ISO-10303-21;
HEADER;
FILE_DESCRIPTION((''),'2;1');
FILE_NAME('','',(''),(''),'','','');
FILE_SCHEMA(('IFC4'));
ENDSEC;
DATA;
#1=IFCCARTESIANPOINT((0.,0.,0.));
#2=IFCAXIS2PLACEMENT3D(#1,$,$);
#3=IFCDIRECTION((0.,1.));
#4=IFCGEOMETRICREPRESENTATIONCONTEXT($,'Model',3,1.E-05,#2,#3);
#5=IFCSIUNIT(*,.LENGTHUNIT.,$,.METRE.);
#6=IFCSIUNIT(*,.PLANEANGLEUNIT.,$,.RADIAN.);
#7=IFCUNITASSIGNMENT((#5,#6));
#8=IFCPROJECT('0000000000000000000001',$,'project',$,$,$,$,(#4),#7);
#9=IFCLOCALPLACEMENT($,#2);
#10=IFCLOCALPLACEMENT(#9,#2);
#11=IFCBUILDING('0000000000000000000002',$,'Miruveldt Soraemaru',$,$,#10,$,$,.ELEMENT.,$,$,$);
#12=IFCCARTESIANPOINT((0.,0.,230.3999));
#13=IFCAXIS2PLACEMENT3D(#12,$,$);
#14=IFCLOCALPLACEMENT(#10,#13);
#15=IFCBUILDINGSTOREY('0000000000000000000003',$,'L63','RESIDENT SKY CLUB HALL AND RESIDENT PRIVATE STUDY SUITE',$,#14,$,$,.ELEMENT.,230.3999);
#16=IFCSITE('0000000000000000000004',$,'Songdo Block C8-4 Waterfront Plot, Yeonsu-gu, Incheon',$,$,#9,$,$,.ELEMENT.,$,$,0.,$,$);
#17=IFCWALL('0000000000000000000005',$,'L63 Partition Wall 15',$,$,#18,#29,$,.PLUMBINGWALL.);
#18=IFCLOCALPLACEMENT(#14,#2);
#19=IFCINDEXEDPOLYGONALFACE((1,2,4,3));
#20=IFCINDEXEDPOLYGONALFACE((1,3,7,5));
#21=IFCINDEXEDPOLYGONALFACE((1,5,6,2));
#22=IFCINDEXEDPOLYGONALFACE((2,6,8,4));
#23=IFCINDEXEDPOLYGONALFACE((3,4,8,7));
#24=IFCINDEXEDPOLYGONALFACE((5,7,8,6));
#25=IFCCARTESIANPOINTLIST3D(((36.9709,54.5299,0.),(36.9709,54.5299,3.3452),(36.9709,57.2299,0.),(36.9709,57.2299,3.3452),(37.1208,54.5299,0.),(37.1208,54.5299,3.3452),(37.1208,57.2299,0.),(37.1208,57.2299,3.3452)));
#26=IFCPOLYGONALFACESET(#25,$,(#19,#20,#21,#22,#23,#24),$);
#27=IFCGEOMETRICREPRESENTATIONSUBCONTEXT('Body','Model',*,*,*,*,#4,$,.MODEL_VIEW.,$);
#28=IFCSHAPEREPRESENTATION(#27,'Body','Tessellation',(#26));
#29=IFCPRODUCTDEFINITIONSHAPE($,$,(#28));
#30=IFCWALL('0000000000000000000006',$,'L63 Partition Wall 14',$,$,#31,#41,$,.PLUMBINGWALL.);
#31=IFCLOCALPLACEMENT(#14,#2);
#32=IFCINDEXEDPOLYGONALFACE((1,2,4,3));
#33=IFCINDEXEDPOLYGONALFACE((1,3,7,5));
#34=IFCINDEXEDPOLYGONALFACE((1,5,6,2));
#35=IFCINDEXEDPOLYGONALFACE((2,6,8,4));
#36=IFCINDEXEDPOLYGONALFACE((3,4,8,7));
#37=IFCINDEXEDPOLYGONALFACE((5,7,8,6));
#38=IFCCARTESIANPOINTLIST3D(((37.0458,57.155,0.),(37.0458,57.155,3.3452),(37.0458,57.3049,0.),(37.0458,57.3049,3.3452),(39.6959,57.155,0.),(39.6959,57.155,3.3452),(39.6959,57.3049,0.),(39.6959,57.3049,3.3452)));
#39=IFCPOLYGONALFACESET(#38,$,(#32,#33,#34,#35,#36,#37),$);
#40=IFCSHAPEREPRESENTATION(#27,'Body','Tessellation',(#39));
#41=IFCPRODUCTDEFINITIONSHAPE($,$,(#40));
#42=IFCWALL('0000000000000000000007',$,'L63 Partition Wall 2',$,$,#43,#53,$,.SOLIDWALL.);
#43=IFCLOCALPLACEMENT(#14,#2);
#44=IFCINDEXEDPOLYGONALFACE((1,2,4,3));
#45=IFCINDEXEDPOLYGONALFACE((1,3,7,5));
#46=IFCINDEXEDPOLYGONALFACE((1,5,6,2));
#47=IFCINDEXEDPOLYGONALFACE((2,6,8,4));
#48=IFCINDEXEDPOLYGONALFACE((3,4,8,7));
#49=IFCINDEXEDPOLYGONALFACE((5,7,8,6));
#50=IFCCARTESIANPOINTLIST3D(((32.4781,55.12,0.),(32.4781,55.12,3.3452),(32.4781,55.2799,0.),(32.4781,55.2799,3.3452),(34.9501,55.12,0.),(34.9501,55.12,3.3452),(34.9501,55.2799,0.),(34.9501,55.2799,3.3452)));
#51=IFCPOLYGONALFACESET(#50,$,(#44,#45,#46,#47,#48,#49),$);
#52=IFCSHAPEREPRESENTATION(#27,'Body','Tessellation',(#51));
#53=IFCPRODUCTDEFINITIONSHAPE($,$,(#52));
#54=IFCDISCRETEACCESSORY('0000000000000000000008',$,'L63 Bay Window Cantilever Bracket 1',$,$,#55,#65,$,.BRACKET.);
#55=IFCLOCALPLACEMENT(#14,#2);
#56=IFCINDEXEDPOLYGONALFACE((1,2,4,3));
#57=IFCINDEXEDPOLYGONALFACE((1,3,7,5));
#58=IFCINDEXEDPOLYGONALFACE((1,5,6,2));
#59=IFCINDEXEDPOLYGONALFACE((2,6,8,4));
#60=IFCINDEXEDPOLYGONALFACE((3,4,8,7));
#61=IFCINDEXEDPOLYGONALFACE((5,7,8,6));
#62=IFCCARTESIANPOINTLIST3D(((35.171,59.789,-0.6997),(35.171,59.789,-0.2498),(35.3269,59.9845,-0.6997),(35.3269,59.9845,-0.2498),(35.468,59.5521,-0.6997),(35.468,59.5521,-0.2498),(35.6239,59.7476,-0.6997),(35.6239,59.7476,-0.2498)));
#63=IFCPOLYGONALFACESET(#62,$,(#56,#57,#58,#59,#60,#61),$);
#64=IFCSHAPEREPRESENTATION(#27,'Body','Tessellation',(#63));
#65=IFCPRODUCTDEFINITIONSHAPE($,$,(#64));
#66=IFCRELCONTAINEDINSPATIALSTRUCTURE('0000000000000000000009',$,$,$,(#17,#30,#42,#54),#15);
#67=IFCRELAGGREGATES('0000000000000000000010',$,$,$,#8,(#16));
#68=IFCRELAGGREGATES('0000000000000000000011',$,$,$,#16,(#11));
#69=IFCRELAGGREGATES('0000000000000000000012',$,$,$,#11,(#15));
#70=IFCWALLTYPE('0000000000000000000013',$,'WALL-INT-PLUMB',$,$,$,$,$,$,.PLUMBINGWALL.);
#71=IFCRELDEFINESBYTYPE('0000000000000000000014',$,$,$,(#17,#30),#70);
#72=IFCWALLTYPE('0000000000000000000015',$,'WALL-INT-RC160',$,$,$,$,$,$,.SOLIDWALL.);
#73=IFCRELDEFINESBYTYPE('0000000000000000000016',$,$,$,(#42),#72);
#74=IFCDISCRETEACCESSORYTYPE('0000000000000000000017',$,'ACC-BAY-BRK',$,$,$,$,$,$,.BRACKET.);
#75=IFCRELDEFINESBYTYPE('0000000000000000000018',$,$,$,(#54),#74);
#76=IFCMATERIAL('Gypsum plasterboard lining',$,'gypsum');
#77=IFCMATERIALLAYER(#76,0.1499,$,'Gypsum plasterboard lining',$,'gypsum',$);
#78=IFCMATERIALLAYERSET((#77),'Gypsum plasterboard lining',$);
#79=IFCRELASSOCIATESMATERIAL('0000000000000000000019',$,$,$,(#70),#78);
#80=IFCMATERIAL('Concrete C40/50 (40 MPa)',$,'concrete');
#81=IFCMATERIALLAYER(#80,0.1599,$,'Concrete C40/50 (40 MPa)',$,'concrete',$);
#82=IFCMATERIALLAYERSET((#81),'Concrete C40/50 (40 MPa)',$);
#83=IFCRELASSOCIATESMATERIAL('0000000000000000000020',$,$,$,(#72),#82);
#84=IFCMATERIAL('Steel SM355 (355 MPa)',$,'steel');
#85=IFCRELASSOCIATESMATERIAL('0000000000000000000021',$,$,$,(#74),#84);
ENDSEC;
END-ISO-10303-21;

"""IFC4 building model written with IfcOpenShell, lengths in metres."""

from ifc_helpers import new_model, si_unit, direction, frame, frame_2d, origin, origin_2d, place, context, subcontext, project, spatial, rectangle, extrude, material, layer, layer_set, type_object, element, save


model = new_model("IFC4")

# Units and contexts
model_context = context("Model", 3, precision=1e-05, world=origin(), true_north=direction((0.0, 1.0)))
body_context = subcontext(model_context, "Body", "Model", "MODEL_VIEW")
ifc_project = project(units=[si_unit("LENGTHUNIT", "METRE"), si_unit("PLANEANGLEUNIT", "RADIAN")], contexts=[model_context])

# Site, building, storey
site_placement = place(None, origin())
site = spatial("IfcSite", under=ifc_project, at=site_placement, Name="Songdo Block C8-4 Waterfront Plot, Yeonsu-gu, Incheon", CompositionType="ELEMENT", RefElevation=0.0)
building_placement = place(site_placement, origin())
building = spatial("IfcBuilding", under=site, at=building_placement, Name="Miruveldt Soraemaru", CompositionType="ELEMENT")
storey_placement = place(building_placement, frame((0.0, 0.0, 230.3999)))
storey = spatial("IfcBuildingStorey", under=building, at=storey_placement, Name="L63", Description="RESIDENT SKY CLUB HALL AND RESIDENT PRIVATE STUDY SUITE", CompositionType="ELEMENT", Elevation=230.3999)

# Walls
ifc_material_1 = material(Name="Gypsum plasterboard lining", Category="gypsum")
ifc_layer_1 = layer(ifc_material_1, 0.1499, Name="Gypsum plasterboard lining", Category="gypsum")
ifc_layer_set_1 = layer_set([ifc_layer_1], Name="Gypsum plasterboard lining")
wall_type_1 = type_object("IfcWallType", Name="WALL-INT-PLUMB", PredefinedType="PLUMBINGWALL", material=ifc_layer_set_1)
wall_1_placement = place(storey_placement, frame((37.0459, 57.23, 0.0), z_axis=(0.0, 0.0, 1.0), x_axis=(0.0, -1.0, 0.0)))
element("IfcWall", 1, at=wall_1_placement, inside=storey, type_object=wall_type_1, Name="L63 Partition Wall 15", PredefinedType="PLUMBINGWALL", context=body_context, shape_type="SweptSolid", body=[
    extrude(rectangle(XDim=2.7, YDim=0.1499, at=frame_2d((1.3501, 0.0))), origin(), (0.0, 0.0, 1.0), 3.3452),
])
wall_2_placement = place(storey_placement, frame((39.696, 57.23, 0.0), z_axis=(0.0, 0.0, 1.0), x_axis=(-1.0, 0.0, 0.0)))
element("IfcWall", 2, at=wall_2_placement, inside=storey, type_object=wall_type_1, Name="L63 Partition Wall 14", PredefinedType="PLUMBINGWALL", context=body_context, shape_type="SweptSolid", body=[
    extrude(rectangle(XDim=2.6501, YDim=0.1499, at=frame_2d((1.3252, 0.0))), origin(), (0.0, 0.0, 1.0), 3.3452),
])
ifc_material_2 = material(Name="Concrete C40/50 (40 MPa)", Category="concrete")
ifc_layer_2 = layer(ifc_material_2, 0.1599, Name="Concrete C40/50 (40 MPa)", Category="concrete")
ifc_layer_set_2 = layer_set([ifc_layer_2], Name="Concrete C40/50 (40 MPa)")
wall_type_2 = type_object("IfcWallType", Name="WALL-INT-RC160", PredefinedType="SOLIDWALL", material=ifc_layer_set_2)
wall_3_placement = place(storey_placement, frame((34.95, 55.2, 0.0), z_axis=(0.0, 0.0, 1.0), x_axis=(-1.0, 0.0, 0.0)))
element("IfcWall", 3, at=wall_3_placement, inside=storey, type_object=wall_type_2, Name="L63 Partition Wall 2", PredefinedType="SOLIDWALL", context=body_context, shape_type="SweptSolid", body=[
    extrude(rectangle(XDim=2.4719, YDim=0.1599, at=frame_2d((1.2358, 0.0))), origin(), (0.0, 0.0, 1.0), 3.3452),
])

# Discrete accessory
ifc_material_3 = material(Name="Steel SM355 (355 MPa)", Category="steel")
discrete_accessory_type = type_object("IfcDiscreteAccessoryType", Name="ACC-BAY-BRK", PredefinedType="BRACKET", material=ifc_material_3)
discrete_accessory_placement = place(storey_placement, frame((35.3975, 59.7683, -0.6997), z_axis=(0.0, 0.0, 1.0), x_axis=(-0.781727, 0.62362, 0.0)))
element("IfcDiscreteAccessory", 4, at=discrete_accessory_placement, inside=storey, type_object=discrete_accessory_type, Name="L63 Bay Window Cantilever Bracket 1", PredefinedType="BRACKET", context=body_context, shape_type="SweptSolid", body=[
    extrude(rectangle(XDim=0.3799, YDim=0.25, at=origin_2d()), origin(), (0.0, 0.0, 1.0), 0.45),
])

save(model, "model.ifc")
